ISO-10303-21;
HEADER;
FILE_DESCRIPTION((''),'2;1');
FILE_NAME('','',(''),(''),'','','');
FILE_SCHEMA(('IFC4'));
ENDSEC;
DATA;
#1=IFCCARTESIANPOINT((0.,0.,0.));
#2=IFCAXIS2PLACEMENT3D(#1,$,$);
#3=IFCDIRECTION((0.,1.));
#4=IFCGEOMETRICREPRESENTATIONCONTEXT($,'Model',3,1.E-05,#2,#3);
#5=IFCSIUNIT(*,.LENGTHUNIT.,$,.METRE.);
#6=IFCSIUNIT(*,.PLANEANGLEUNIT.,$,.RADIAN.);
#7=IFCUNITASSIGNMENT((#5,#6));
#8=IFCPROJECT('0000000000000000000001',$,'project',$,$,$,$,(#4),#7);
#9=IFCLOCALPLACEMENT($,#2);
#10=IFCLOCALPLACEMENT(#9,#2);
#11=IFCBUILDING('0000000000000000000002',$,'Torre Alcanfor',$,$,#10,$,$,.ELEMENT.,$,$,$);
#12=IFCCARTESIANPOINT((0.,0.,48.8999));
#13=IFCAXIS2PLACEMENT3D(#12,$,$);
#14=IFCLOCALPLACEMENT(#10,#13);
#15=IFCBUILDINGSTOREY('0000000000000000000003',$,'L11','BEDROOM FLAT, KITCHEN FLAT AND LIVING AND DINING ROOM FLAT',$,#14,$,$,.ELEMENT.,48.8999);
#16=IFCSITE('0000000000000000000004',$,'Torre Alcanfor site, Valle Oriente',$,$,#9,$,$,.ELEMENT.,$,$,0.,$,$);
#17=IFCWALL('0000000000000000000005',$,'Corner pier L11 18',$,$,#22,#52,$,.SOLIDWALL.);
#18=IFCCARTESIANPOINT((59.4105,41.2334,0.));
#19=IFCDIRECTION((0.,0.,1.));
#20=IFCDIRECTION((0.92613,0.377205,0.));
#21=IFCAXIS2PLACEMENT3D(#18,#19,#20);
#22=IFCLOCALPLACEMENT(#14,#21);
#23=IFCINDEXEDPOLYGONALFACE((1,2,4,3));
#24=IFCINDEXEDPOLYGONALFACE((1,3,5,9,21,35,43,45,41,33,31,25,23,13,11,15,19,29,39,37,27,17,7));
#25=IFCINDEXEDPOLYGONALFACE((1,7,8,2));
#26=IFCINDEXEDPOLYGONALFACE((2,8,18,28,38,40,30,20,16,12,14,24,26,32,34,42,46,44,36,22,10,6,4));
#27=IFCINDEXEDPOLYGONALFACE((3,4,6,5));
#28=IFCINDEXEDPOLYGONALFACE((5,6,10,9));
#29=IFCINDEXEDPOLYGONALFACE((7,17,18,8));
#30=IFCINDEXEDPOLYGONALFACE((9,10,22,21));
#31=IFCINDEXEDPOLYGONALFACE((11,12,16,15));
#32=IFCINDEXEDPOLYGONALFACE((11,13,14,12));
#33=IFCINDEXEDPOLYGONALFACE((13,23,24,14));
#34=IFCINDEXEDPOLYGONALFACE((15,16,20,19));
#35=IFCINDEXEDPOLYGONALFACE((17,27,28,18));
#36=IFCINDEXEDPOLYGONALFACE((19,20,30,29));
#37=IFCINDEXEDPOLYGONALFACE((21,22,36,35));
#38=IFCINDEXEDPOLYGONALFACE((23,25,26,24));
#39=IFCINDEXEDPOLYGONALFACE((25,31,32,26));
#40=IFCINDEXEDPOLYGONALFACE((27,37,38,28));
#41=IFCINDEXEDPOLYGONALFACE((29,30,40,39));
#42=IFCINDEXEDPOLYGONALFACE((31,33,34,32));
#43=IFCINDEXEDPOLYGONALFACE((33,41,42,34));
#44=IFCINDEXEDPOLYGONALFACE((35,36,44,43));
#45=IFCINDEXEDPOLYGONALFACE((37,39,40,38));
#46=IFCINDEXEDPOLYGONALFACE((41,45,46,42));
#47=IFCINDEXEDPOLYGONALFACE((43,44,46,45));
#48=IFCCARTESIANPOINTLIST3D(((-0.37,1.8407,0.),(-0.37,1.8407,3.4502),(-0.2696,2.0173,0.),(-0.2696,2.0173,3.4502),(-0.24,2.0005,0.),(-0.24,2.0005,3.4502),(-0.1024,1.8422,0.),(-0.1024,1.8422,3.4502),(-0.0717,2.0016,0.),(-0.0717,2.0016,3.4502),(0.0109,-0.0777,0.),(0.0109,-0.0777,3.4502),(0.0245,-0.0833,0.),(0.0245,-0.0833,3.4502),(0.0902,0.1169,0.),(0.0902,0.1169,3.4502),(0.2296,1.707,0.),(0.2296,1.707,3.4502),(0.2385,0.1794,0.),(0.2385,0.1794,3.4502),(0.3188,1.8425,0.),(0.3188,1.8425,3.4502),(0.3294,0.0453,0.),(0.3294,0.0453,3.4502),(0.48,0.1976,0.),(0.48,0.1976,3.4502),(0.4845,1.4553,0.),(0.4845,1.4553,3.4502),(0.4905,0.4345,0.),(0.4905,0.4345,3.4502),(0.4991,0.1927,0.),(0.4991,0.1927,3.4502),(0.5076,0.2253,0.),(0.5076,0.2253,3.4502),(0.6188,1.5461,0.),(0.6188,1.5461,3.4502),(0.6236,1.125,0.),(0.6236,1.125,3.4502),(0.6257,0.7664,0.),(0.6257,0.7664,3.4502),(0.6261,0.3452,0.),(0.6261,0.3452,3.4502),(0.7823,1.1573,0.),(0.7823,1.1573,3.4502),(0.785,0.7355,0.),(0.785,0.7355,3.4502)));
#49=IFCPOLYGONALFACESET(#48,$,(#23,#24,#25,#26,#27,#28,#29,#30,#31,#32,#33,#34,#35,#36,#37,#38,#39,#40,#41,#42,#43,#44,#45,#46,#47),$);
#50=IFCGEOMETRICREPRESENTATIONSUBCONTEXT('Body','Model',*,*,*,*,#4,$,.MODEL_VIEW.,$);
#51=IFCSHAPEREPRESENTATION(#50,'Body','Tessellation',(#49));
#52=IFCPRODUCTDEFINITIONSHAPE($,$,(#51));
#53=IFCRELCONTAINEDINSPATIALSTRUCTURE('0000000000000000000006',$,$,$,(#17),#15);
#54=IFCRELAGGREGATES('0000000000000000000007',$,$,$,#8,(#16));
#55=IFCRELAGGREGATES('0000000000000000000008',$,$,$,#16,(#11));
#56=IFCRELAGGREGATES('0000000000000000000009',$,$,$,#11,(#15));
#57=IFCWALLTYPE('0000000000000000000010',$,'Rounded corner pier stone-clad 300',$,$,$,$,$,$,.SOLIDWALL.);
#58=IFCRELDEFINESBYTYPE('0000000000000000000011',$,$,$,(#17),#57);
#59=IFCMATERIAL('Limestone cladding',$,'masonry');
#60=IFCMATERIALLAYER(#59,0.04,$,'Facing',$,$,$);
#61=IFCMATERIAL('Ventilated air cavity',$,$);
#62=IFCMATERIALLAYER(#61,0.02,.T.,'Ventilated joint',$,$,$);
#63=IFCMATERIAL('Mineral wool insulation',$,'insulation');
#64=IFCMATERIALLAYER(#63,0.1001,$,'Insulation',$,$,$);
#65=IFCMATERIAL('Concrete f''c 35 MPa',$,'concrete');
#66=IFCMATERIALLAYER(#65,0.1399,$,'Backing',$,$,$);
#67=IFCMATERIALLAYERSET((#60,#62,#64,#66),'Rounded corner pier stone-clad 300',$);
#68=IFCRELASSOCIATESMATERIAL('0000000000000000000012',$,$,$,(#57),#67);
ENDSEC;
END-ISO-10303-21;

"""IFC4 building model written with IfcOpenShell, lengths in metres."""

from ifc_helpers import new_model, si_unit, direction, frame, origin, place, context, subcontext, project, spatial, polyline, outline, extrude, material, layer, layer_set, type_object, element, save


model = new_model("IFC4")

# Units and contexts
model_context = context("Model", 3, precision=1e-05, world=origin(), true_north=direction((0.0, 1.0)))
body_context = subcontext(model_context, "Body", "Model", "MODEL_VIEW")
ifc_project = project(units=[si_unit("LENGTHUNIT", "METRE"), si_unit("PLANEANGLEUNIT", "RADIAN")], contexts=[model_context])

# Site, building, storey
site_placement = place(None, origin())
site = spatial("IfcSite", under=ifc_project, at=site_placement, Name="Torre Alcanfor site, Valle Oriente", CompositionType="ELEMENT", RefElevation=0.0)
building_placement = place(site_placement, origin())
building = spatial("IfcBuilding", under=site, at=building_placement, Name="Torre Alcanfor", CompositionType="ELEMENT")
storey_placement = place(building_placement, frame((0.0, 0.0, 48.8999)))
storey = spatial("IfcBuildingStorey", under=building, at=storey_placement, Name="L11", Description="BEDROOM FLAT, KITCHEN FLAT AND LIVING AND DINING ROOM FLAT", CompositionType="ELEMENT", Elevation=48.8999)

# Wall
ifc_material_1 = material(Name="Limestone cladding", Category="masonry")
ifc_layer_1 = layer(ifc_material_1, 0.04, Name="Facing")
ifc_material_2 = material(Name="Ventilated air cavity")
ifc_layer_2 = layer(ifc_material_2, 0.02, ventilated=True, Name="Ventilated joint")
ifc_material_3 = material(Name="Mineral wool insulation", Category="insulation")
ifc_layer_3 = layer(ifc_material_3, 0.1001, Name="Insulation")
ifc_material_4 = material(Name="Concrete f'c 35 MPa", Category="concrete")
ifc_layer_4 = layer(ifc_material_4, 0.1399, Name="Backing")
ifc_layer_set_1 = layer_set([ifc_layer_1, ifc_layer_2, ifc_layer_3, ifc_layer_4], Name="Rounded corner pier stone-clad 300")
wall_type_1 = type_object("IfcWallType", Name="Rounded corner pier stone-clad 300", PredefinedType="SOLIDWALL", material=ifc_layer_set_1)
wall_1_placement = place(storey_placement, frame((59.4105, 41.2334, 0.0), z_axis=(0.0, 0.0, 1.0), x_axis=(0.92613, 0.377205, 0.0)))
element("IfcWall", 1, at=wall_1_placement, inside=storey, type_object=wall_type_1, Name="Corner pier L11 18", PredefinedType="SOLIDWALL", context=body_context, shape_type="SweptSolid", body=[
    extrude(outline(polyline([(0.6261, 0.3452), (0.785, 0.7355), (0.7823, 1.1573), (0.6188, 1.5461), (0.3188, 1.8425), (-0.0717, 2.0016), (-0.24, 2.0005), (-0.2696, 2.0173), (-0.37, 1.8407), (-0.1024, 1.8422), (0.2296, 1.707), (0.4845, 1.4553), (0.6236, 1.125), (0.6257, 0.7664), (0.4905, 0.4345), (0.2385, 0.1794), (0.0902, 0.1169), (0.0109, -0.0777), (0.0245, -0.0833), (0.3294, 0.0453), (0.48, 0.1976), (0.4991, 0.1927), (0.5076, 0.2253), (0.6261, 0.3452)])), origin(), (0.0, 0.0, 1.0), 3.4502),
])

save(model, "model.ifc")
